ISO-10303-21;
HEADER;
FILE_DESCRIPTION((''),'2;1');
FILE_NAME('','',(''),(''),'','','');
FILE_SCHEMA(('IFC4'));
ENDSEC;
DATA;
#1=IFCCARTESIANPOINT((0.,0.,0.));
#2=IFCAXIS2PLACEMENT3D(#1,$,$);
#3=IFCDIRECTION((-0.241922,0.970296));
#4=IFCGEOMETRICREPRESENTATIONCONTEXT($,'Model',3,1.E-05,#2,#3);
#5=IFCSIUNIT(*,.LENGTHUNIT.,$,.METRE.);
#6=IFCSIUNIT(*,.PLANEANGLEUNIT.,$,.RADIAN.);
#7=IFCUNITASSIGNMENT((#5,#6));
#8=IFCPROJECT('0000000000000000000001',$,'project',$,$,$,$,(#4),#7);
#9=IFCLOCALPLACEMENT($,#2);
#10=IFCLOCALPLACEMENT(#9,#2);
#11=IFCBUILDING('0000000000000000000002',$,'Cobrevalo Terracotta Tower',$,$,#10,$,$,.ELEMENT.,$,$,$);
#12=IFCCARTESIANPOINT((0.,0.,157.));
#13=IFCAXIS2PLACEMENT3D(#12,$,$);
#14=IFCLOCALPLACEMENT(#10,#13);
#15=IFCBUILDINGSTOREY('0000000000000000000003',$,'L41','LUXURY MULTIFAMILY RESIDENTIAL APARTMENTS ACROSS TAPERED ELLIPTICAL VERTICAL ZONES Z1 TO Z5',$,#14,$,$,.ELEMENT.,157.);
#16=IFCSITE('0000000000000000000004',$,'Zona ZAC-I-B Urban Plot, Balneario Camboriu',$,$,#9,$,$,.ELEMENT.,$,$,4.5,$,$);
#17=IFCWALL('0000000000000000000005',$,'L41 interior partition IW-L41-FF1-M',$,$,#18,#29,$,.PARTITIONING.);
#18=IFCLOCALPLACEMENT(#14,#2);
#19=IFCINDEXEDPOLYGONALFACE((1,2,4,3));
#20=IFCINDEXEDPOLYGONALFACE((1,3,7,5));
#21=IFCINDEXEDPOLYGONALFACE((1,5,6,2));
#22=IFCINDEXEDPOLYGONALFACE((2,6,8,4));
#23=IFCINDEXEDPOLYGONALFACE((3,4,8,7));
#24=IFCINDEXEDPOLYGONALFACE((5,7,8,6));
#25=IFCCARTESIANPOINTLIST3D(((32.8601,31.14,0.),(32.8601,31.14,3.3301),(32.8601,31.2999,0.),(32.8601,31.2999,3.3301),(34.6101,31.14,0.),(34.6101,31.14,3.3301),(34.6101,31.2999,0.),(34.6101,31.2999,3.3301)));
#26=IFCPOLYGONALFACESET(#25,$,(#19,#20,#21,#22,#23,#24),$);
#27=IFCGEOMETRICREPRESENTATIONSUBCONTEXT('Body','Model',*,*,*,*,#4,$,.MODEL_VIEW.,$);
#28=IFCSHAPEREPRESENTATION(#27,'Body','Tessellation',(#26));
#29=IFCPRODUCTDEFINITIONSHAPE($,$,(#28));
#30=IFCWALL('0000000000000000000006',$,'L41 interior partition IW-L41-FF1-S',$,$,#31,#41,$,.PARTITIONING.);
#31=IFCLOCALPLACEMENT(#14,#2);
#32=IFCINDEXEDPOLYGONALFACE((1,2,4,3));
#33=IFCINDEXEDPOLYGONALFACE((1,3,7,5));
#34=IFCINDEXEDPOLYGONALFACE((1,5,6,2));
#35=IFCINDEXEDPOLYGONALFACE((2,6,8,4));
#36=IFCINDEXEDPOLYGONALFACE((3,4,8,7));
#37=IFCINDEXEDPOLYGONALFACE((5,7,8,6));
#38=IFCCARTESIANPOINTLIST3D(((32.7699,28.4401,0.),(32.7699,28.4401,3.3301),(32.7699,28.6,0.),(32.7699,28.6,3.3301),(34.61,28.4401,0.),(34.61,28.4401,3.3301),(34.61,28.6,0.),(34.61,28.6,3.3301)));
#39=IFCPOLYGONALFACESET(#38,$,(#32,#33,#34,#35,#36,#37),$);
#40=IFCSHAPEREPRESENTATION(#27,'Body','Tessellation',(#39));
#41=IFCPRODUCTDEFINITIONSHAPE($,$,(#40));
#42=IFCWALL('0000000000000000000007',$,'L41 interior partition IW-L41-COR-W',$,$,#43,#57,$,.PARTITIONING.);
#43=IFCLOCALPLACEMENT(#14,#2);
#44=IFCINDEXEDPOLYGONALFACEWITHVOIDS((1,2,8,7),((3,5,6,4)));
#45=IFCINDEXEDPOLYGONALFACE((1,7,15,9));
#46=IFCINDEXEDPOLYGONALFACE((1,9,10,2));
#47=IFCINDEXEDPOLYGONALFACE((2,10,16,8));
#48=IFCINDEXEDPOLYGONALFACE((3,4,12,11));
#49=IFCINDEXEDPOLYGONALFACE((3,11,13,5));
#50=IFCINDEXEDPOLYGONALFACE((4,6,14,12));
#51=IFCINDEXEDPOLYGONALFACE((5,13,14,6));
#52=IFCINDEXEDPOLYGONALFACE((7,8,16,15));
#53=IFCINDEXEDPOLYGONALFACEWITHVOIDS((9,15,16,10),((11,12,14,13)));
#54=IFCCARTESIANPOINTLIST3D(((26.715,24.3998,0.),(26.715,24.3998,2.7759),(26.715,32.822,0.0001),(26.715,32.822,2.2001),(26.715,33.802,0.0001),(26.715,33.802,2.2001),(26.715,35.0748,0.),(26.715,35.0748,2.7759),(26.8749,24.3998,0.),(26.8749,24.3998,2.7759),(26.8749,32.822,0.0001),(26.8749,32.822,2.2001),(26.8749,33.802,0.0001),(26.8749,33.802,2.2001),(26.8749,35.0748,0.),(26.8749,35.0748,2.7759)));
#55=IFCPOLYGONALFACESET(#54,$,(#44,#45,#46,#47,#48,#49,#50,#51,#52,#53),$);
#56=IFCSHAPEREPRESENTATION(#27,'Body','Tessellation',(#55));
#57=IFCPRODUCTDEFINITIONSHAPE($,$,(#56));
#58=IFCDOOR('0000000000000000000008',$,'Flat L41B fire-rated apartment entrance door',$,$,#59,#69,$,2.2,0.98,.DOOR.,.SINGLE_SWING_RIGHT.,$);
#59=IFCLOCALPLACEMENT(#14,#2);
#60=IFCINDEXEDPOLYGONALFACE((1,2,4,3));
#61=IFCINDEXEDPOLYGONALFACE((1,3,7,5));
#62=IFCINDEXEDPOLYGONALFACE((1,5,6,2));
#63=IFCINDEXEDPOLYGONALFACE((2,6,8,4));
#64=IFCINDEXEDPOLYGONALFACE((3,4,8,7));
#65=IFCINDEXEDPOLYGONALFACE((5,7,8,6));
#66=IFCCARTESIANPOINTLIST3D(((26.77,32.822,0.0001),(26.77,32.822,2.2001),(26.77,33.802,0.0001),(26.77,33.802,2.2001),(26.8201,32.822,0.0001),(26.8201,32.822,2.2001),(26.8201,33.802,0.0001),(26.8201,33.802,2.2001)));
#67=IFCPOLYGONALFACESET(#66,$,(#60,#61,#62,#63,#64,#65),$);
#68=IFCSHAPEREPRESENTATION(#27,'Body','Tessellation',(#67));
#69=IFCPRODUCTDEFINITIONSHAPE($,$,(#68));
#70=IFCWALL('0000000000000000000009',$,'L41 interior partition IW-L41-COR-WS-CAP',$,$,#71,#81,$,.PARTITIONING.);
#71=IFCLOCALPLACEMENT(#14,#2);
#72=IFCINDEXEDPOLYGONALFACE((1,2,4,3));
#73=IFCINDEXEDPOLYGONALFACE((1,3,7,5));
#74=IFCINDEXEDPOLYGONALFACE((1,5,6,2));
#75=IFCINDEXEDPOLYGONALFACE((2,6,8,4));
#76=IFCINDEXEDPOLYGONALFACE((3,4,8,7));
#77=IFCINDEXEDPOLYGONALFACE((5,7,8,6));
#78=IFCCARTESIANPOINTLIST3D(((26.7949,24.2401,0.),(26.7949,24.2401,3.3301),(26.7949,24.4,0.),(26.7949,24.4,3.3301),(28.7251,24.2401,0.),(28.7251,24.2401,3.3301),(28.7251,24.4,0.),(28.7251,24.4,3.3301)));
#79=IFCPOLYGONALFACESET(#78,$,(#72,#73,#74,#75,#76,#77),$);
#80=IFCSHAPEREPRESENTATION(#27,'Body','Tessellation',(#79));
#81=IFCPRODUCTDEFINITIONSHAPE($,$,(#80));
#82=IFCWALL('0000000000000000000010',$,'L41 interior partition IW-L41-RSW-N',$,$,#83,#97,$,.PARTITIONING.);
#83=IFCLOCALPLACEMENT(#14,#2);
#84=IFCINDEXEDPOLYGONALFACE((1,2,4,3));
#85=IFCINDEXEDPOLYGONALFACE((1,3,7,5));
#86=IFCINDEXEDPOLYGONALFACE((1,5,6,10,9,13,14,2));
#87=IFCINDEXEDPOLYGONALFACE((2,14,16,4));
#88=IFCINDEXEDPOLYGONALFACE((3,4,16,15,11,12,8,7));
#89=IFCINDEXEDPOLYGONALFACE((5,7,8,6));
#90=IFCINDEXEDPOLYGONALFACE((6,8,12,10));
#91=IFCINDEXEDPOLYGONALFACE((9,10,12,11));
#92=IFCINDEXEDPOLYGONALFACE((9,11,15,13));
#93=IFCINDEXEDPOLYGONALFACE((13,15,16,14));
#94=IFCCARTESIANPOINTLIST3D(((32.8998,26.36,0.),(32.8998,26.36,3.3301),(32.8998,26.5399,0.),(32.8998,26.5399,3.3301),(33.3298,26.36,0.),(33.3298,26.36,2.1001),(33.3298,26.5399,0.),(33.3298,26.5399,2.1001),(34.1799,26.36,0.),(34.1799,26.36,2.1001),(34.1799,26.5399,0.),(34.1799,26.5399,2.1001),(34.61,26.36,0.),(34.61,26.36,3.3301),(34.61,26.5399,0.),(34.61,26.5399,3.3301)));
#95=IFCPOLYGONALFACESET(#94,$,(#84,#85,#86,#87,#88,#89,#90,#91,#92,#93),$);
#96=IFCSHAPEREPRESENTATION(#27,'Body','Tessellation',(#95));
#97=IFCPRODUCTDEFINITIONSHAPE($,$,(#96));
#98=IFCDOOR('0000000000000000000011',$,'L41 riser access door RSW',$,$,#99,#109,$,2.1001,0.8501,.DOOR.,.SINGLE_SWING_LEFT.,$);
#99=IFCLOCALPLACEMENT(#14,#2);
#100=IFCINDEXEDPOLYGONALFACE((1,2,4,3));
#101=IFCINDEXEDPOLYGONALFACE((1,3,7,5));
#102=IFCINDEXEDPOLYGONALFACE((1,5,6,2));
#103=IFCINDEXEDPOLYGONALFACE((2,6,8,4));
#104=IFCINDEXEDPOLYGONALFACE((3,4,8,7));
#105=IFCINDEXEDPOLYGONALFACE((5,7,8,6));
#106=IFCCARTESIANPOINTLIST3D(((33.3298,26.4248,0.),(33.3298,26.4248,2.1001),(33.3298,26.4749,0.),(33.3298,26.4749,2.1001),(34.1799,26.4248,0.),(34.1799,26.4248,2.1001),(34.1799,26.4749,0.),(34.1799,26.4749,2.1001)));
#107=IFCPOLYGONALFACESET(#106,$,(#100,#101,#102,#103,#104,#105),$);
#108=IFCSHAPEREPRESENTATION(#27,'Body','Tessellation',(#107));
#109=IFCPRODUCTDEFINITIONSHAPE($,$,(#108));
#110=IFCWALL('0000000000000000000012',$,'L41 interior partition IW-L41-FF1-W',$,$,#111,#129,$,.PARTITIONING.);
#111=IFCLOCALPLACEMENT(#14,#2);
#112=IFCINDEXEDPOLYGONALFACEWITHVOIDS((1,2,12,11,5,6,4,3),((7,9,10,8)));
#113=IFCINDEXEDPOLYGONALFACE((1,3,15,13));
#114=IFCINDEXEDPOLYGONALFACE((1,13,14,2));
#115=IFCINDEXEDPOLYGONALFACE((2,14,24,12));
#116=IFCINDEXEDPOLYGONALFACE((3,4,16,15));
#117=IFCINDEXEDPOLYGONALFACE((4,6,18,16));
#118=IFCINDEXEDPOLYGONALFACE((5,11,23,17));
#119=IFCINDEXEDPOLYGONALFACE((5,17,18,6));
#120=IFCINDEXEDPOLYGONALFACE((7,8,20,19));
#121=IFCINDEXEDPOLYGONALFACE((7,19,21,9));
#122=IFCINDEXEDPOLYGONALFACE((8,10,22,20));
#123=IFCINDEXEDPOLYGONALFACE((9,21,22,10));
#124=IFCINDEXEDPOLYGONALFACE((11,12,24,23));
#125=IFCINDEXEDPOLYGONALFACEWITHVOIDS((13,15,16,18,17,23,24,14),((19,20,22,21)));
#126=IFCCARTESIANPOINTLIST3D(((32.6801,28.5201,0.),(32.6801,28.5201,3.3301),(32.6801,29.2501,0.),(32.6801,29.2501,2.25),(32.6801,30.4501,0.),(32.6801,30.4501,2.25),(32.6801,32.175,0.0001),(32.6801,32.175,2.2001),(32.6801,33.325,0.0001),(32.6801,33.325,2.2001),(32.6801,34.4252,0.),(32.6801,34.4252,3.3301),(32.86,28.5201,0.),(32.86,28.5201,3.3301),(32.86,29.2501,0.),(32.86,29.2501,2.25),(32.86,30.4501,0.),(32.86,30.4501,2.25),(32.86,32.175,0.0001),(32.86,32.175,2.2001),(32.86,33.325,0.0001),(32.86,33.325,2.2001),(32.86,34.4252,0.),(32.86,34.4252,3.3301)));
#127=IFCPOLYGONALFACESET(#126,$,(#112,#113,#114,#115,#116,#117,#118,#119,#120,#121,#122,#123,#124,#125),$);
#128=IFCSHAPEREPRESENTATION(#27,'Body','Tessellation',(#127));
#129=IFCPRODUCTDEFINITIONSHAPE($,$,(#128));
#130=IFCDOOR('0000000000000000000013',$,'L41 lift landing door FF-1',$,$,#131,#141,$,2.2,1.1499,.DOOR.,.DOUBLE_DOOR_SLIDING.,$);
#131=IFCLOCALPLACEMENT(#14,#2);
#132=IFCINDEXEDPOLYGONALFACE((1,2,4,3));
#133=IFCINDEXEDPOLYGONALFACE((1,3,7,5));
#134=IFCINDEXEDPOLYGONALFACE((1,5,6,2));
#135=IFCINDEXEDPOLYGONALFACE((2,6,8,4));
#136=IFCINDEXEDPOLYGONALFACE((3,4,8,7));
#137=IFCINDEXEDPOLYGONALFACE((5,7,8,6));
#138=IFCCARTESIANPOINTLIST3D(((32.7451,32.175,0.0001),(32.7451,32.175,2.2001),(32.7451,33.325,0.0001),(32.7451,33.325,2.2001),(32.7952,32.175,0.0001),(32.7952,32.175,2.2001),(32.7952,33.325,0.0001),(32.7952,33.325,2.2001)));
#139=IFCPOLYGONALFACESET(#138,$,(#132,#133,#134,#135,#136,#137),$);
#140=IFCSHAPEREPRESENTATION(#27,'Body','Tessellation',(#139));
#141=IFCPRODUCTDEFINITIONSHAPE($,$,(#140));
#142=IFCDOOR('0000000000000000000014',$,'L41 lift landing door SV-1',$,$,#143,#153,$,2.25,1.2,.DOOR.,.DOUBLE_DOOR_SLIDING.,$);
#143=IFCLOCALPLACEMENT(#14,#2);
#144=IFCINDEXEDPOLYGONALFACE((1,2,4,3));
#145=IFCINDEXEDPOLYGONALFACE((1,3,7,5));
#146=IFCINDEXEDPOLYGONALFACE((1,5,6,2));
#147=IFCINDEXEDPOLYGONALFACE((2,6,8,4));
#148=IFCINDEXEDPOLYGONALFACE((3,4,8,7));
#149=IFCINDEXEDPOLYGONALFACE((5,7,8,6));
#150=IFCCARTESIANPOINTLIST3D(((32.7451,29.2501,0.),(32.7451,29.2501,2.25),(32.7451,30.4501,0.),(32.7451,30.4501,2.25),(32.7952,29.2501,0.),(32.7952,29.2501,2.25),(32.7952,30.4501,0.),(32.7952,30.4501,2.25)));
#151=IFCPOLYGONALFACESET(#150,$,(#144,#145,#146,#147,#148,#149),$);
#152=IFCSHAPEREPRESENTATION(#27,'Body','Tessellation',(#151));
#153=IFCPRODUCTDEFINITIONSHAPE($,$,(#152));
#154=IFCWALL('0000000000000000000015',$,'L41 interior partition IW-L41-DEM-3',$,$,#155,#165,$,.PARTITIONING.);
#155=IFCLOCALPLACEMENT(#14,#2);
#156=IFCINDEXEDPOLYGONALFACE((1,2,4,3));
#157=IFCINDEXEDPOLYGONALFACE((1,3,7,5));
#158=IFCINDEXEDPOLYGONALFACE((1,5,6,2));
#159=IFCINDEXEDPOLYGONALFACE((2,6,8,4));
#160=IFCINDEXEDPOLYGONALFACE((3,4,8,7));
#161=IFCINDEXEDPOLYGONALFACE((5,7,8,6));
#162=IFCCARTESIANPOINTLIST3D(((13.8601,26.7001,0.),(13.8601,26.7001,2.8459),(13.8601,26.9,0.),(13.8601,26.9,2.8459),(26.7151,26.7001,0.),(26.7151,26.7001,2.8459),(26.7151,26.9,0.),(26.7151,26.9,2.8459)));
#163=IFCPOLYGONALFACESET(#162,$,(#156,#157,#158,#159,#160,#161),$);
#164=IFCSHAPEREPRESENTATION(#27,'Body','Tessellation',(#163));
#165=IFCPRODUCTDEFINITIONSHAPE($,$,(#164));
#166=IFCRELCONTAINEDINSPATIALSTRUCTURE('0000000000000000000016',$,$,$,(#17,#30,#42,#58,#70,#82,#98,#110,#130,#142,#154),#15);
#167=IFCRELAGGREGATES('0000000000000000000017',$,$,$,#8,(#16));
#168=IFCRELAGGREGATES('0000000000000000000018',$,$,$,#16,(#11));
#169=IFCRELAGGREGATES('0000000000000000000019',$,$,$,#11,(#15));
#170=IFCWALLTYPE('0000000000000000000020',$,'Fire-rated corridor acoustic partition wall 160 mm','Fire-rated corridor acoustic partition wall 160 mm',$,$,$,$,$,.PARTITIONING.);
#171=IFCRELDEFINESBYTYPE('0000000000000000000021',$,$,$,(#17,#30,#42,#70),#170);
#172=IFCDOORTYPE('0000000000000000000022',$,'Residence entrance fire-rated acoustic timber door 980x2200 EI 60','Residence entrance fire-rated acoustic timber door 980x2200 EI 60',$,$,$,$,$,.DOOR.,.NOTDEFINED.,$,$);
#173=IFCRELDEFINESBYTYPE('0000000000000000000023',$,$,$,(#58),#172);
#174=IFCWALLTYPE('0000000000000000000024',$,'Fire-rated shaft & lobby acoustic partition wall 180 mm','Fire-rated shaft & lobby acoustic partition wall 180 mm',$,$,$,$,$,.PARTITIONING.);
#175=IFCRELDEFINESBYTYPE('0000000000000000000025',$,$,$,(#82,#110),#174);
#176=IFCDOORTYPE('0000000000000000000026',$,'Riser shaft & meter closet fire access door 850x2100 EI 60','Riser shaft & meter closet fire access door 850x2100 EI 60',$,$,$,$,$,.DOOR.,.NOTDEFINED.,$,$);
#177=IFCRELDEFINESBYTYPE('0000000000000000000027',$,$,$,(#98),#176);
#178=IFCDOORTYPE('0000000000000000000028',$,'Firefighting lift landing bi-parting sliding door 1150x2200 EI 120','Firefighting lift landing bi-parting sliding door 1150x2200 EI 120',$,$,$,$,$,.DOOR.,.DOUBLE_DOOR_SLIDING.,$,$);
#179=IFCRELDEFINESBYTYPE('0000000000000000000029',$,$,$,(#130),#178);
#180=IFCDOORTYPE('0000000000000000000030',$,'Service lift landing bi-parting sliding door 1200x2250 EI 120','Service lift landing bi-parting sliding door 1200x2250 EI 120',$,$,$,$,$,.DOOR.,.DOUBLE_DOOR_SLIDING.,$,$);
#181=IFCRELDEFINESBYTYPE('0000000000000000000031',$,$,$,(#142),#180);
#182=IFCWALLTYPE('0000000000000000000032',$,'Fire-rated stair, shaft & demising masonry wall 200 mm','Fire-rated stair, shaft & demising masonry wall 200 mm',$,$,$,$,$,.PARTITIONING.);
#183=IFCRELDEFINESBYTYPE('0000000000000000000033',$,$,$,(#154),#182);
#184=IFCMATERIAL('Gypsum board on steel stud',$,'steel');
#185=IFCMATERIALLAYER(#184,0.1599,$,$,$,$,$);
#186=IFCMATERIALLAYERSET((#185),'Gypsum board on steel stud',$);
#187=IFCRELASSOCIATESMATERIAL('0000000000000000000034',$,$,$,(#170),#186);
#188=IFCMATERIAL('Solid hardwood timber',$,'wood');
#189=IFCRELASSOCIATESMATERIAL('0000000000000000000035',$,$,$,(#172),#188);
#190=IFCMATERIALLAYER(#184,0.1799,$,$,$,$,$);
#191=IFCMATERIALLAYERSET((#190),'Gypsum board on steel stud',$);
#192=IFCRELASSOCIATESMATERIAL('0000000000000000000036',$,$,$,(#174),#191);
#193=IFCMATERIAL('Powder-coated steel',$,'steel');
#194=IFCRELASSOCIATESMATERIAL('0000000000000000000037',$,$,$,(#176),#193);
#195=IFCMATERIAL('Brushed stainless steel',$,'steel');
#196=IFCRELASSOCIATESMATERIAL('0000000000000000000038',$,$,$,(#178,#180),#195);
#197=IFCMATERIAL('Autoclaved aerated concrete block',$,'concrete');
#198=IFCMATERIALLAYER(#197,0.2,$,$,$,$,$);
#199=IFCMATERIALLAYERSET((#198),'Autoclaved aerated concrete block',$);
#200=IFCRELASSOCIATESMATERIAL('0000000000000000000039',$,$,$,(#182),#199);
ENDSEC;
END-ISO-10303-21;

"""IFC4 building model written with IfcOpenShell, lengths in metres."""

from ifc_helpers import new_model, si_unit, direction, frame, frame_2d, origin, place, context, subcontext, project, spatial, rectangle, extrude, source, transform, mapped, material, layer, layer_set, type_object, element, fill, save


model = new_model("IFC4")

# Units and contexts
model_context = context("Model", 3, precision=1e-05, world=origin(), true_north=direction((-0.241922, 0.970296)))
body_context = subcontext(model_context, "Body", "Model", "MODEL_VIEW")
ifc_project = project(units=[si_unit("LENGTHUNIT", "METRE"), si_unit("PLANEANGLEUNIT", "RADIAN")], contexts=[model_context])

# Site, building, storey
site_placement = place(None, origin())
site = spatial("IfcSite", under=ifc_project, at=site_placement, Name="Zona ZAC-I-B Urban Plot, Balneario Camboriu", CompositionType="ELEMENT", RefElevation=4.5)
building_placement = place(site_placement, origin())
building = spatial("IfcBuilding", under=site, at=building_placement, Name="Cobrevalo Terracotta Tower", CompositionType="ELEMENT")
storey_placement = place(building_placement, frame((0.0, 0.0, 157.0)))
storey = spatial("IfcBuildingStorey", under=building, at=storey_placement, Name="L41", Description="LUXURY MULTIFAMILY RESIDENTIAL APARTMENTS ACROSS TAPERED ELLIPTICAL VERTICAL ZONES Z1 TO Z5", CompositionType="ELEMENT", Elevation=157.0)

# Walls
ifc_material_1 = material(Name="Gypsum board on steel stud", Category="steel")
ifc_layer_1 = layer(ifc_material_1, 0.1599)
ifc_layer_set_1 = layer_set([ifc_layer_1], Name="Gypsum board on steel stud")
wall_type_1 = type_object("IfcWallType", Name="Fire-rated corridor acoustic partition wall 160 mm", Description="Fire-rated corridor acoustic partition wall 160 mm", PredefinedType="PARTITIONING", material=ifc_layer_set_1)
wall_1_placement = place(storey_placement, frame((32.8601, 31.22, 0.0), z_axis=(0.0, 0.0, 1.0), x_axis=(1.0, 0.0, 0.0)))
element("IfcWall", 1, at=wall_1_placement, inside=storey, type_object=wall_type_1, Name="L41 interior partition IW-L41-FF1-M", PredefinedType="PARTITIONING", context=body_context, shape_type="SweptSolid", body=[
    extrude(rectangle(XDim=1.75, YDim=0.1599, at=frame_2d((0.875, 0.0))), origin(), (0.0, 0.0, 1.0), 3.3301),
])
wall_2_placement = place(storey_placement, frame((32.77, 28.52, 0.0), z_axis=(0.0, 0.0, 1.0), x_axis=(1.0, 0.0, 0.0)))
element("IfcWall", 2, at=wall_2_placement, inside=storey, type_object=wall_type_1, Name="L41 interior partition IW-L41-FF1-S", PredefinedType="PARTITIONING", context=body_context, shape_type="SweptSolid", body=[
    extrude(rectangle(XDim=1.8401, YDim=0.1599, at=frame_2d((0.9199, 0.0))), origin(), (0.0, 0.0, 1.0), 3.3301),
])

# Wall, opening, door
wall_3_placement = place(storey_placement, frame((26.7949, 24.3999, 0.0), z_axis=(0.0, 0.0, 1.0), x_axis=(0.0, 1.0, 0.0)))
wall_3 = element("IfcWall", 3, at=wall_3_placement, inside=storey, type_object=wall_type_1, Name="L41 interior partition IW-L41-COR-W", PredefinedType="PARTITIONING", context=body_context, shape_type="SweptSolid", body=[
    extrude(rectangle(XDim=10.675, YDim=0.1599, at=frame_2d((5.3374, 0.0))), origin(), (0.0, 0.0, 1.0), 2.7759),
])
opening_1_placement = place(wall_3_placement, frame((8.4221, 0.0, 0.0)))
opening_1 = element("IfcOpeningElement", 4, at=opening_1_placement, cuts=wall_3, PredefinedType="OPENING", context=body_context, shape_type="SweptSolid", body=[
    extrude(rectangle(XDim=0.98, YDim=2.2, at=frame_2d((0.49, 1.1001))), frame((0.0, 0.0898, 0.0), z_axis=(0.0, -1.0, 0.0), x_axis=(1.0, 0.0, 0.0)), (0.0, 0.0, 1.0), 0.1799),
])
ifc_material_2 = material(Name="Solid hardwood timber", Category="wood")
door_type_1 = type_object("IfcDoorType", Name="Residence entrance fire-rated acoustic timber door 980x2200 EI 60", Description="Residence entrance fire-rated acoustic timber door 980x2200 EI 60", OperationType="NOTDEFINED", PredefinedType="DOOR", material=ifc_material_2)
shared_shape_1 = source(origin(), body_context, "Body", "SweptSolid", [
    extrude(rectangle(XDim=0.98, YDim=2.2, at=frame_2d((0.49, 1.1001))), frame((0.0, 0.0249, 0.0), z_axis=(0.0, -1.0, 0.0), x_axis=(1.0, 0.0, 0.0)), (0.0, 0.0, 1.0), 0.05),
])
door_1_placement = place(opening_1_placement, origin())
door_1 = element("IfcDoor", 5, at=door_1_placement, inside=storey, type_object=door_type_1, Name="Flat L41B fire-rated apartment entrance door", OperationType="SINGLE_SWING_RIGHT", OverallHeight=2.2, OverallWidth=0.98, PredefinedType="DOOR", context=body_context, shape_type="MappedRepresentation", body=[
    mapped(shared_shape_1, transform((0.0, 0.0, 0.0), scale=1.0)),
])
fill(opening_1, door_1)

# Wall
wall_4_placement = place(storey_placement, frame((26.7949, 24.3201, 0.0), z_axis=(0.0, 0.0, 1.0), x_axis=(1.0, 0.0, 0.0)))
element("IfcWall", 6, at=wall_4_placement, inside=storey, type_object=wall_type_1, Name="L41 interior partition IW-L41-COR-WS-CAP", PredefinedType="PARTITIONING", context=body_context, shape_type="SweptSolid", body=[
    extrude(rectangle(XDim=1.9302, YDim=0.1599, at=frame_2d((0.9651, 0.0))), origin(), (0.0, 0.0, 1.0), 3.3301),
])

# Wall, opening, door
ifc_layer_2 = layer(ifc_material_1, 0.1799)
ifc_layer_set_2 = layer_set([ifc_layer_2], Name="Gypsum board on steel stud")
wall_type_2 = type_object("IfcWallType", Name="Fire-rated shaft & lobby acoustic partition wall 180 mm", Description="Fire-rated shaft & lobby acoustic partition wall 180 mm", PredefinedType="PARTITIONING", material=ifc_layer_set_2)
wall_5_placement = place(storey_placement, frame((32.8999, 26.45, 0.0), z_axis=(0.0, 0.0, 1.0), x_axis=(1.0, 0.0, 0.0)))
wall_5 = element("IfcWall", 7, at=wall_5_placement, inside=storey, type_object=wall_type_2, Name="L41 interior partition IW-L41-RSW-N", PredefinedType="PARTITIONING", context=body_context, shape_type="SweptSolid", body=[
    extrude(rectangle(XDim=1.7102, YDim=0.1799, at=frame_2d((0.855, 0.0))), origin(), (0.0, 0.0, 1.0), 3.3301),
])
opening_2_placement = place(wall_5_placement, frame((0.4299, 0.0, 0.0)))
opening_2 = element("IfcOpeningElement", 8, at=opening_2_placement, cuts=wall_5, PredefinedType="OPENING", context=body_context, shape_type="SweptSolid", body=[
    extrude(rectangle(XDim=0.8501, YDim=2.1001, at=frame_2d((0.425, 1.05))), frame((0.0, 0.1001, 0.0), z_axis=(0.0, -1.0, 0.0), x_axis=(1.0, 0.0, 0.0)), (0.0, 0.0, 1.0), 0.2),
])
ifc_material_3 = material(Name="Powder-coated steel", Category="steel")
door_type_2 = type_object("IfcDoorType", Name="Riser shaft & meter closet fire access door 850x2100 EI 60", Description="Riser shaft & meter closet fire access door 850x2100 EI 60", OperationType="NOTDEFINED", PredefinedType="DOOR", material=ifc_material_3)
shared_shape_2 = source(origin(), body_context, "Body", "SweptSolid", [
    extrude(rectangle(XDim=0.8501, YDim=2.1001, at=frame_2d((0.425, 1.05))), frame((0.0, 0.0249, 0.0), z_axis=(0.0, -1.0, 0.0), x_axis=(1.0, 0.0, 0.0)), (0.0, 0.0, 1.0), 0.05),
])
door_2_placement = place(opening_2_placement, origin())
door_2 = element("IfcDoor", 9, at=door_2_placement, inside=storey, type_object=door_type_2, Name="L41 riser access door RSW", OperationType="SINGLE_SWING_LEFT", OverallHeight=2.1001, OverallWidth=0.8501, PredefinedType="DOOR", context=body_context, shape_type="MappedRepresentation", body=[
    mapped(shared_shape_2, transform((0.0, 0.0, 0.0), scale=1.0)),
])
fill(opening_2, door_2)

# Wall, openings, doors
wall_6_placement = place(storey_placement, frame((32.77, 28.52, 0.0), z_axis=(0.0, 0.0, 1.0), x_axis=(0.0, 1.0, 0.0)))
wall_6 = element("IfcWall", 10, at=wall_6_placement, inside=storey, type_object=wall_type_2, Name="L41 interior partition IW-L41-FF1-W", PredefinedType="PARTITIONING", context=body_context, shape_type="SweptSolid", body=[
    extrude(rectangle(XDim=5.905, YDim=0.1799, at=frame_2d((2.9526, 0.0))), origin(), (0.0, 0.0, 1.0), 3.3301),
])
opening_3_placement = place(wall_6_placement, frame((3.655, 0.0, 0.0)))
opening_3 = element("IfcOpeningElement", 11, at=opening_3_placement, cuts=wall_6, PredefinedType="OPENING", context=body_context, shape_type="SweptSolid", body=[
    extrude(rectangle(XDim=1.1499, YDim=2.2, at=frame_2d((0.575, 1.1001))), frame((0.0, 0.1001, 0.0), z_axis=(0.0, -1.0, 0.0), x_axis=(1.0, 0.0, 0.0)), (0.0, 0.0, 1.0), 0.2),
])
opening_4_placement = place(wall_6_placement, frame((0.73, 0.0, 0.0)))
opening_4 = element("IfcOpeningElement", 12, at=opening_4_placement, cuts=wall_6, PredefinedType="OPENING", context=body_context, shape_type="SweptSolid", body=[
    extrude(rectangle(XDim=1.2, YDim=2.25, at=frame_2d((0.6001, 1.125))), frame((0.0, 0.1001, 0.0), z_axis=(0.0, -1.0, 0.0), x_axis=(1.0, 0.0, 0.0)), (0.0, 0.0, 1.0), 0.2),
])
ifc_material_4 = material(Name="Brushed stainless steel", Category="steel")
door_type_3 = type_object("IfcDoorType", Name="Firefighting lift landing bi-parting sliding door 1150x2200 EI 120", Description="Firefighting lift landing bi-parting sliding door 1150x2200 EI 120", OperationType="DOUBLE_DOOR_SLIDING", PredefinedType="DOOR", material=ifc_material_4)
shared_shape_3 = source(origin(), body_context, "Body", "SweptSolid", [
    extrude(rectangle(XDim=1.1499, YDim=2.2, at=frame_2d((0.575, 1.1001))), frame((0.0, 0.0249, 0.0), z_axis=(0.0, -1.0, 0.0), x_axis=(1.0, 0.0, 0.0)), (0.0, 0.0, 1.0), 0.05),
])
door_3_placement = place(opening_3_placement, origin())
door_3 = element("IfcDoor", 13, at=door_3_placement, inside=storey, type_object=door_type_3, Name="L41 lift landing door FF-1", OperationType="DOUBLE_DOOR_SLIDING", OverallHeight=2.2, OverallWidth=1.1499, PredefinedType="DOOR", context=body_context, shape_type="MappedRepresentation", body=[
    mapped(shared_shape_3, transform((0.0, 0.0, 0.0), scale=1.0)),
])
fill(opening_3, door_3)
door_type_4 = type_object("IfcDoorType", Name="Service lift landing bi-parting sliding door 1200x2250 EI 120", Description="Service lift landing bi-parting sliding door 1200x2250 EI 120", OperationType="DOUBLE_DOOR_SLIDING", PredefinedType="DOOR", material=ifc_material_4)
shared_shape_4 = source(origin(), body_context, "Body", "SweptSolid", [
    extrude(rectangle(XDim=1.2, YDim=2.25, at=frame_2d((0.6001, 1.125))), frame((0.0, 0.0249, 0.0), z_axis=(0.0, -1.0, 0.0), x_axis=(1.0, 0.0, 0.0)), (0.0, 0.0, 1.0), 0.05),
])
door_4_placement = place(opening_4_placement, origin())
door_4 = element("IfcDoor", 14, at=door_4_placement, inside=storey, type_object=door_type_4, Name="L41 lift landing door SV-1", OperationType="DOUBLE_DOOR_SLIDING", OverallHeight=2.25, OverallWidth=1.2, PredefinedType="DOOR", context=body_context, shape_type="MappedRepresentation", body=[
    mapped(shared_shape_4, transform((0.0, 0.0, 0.0), scale=1.0)),
])
fill(opening_4, door_4)

# Wall
ifc_material_5 = material(Name="Autoclaved aerated concrete block", Category="concrete")
ifc_layer_3 = layer(ifc_material_5, 0.2)
ifc_layer_set_3 = layer_set([ifc_layer_3], Name="Autoclaved aerated concrete block")
wall_type_3 = type_object("IfcWallType", Name="Fire-rated stair, shaft & demising masonry wall 200 mm", Description="Fire-rated stair, shaft & demising masonry wall 200 mm", PredefinedType="PARTITIONING", material=ifc_layer_set_3)
wall_7_placement = place(storey_placement, frame((26.7151, 26.8, 0.0), z_axis=(0.0, 0.0, 1.0), x_axis=(-1.0, 0.0, 0.0)))
element("IfcWall", 15, at=wall_7_placement, inside=storey, type_object=wall_type_3, Name="L41 interior partition IW-L41-DEM-3", PredefinedType="PARTITIONING", context=body_context, shape_type="SweptSolid", body=[
    extrude(rectangle(XDim=12.855, YDim=0.2, at=frame_2d((6.4275, 0.0))), origin(), (0.0, 0.0, 1.0), 2.8459),
])

save(model, "model.ifc")
